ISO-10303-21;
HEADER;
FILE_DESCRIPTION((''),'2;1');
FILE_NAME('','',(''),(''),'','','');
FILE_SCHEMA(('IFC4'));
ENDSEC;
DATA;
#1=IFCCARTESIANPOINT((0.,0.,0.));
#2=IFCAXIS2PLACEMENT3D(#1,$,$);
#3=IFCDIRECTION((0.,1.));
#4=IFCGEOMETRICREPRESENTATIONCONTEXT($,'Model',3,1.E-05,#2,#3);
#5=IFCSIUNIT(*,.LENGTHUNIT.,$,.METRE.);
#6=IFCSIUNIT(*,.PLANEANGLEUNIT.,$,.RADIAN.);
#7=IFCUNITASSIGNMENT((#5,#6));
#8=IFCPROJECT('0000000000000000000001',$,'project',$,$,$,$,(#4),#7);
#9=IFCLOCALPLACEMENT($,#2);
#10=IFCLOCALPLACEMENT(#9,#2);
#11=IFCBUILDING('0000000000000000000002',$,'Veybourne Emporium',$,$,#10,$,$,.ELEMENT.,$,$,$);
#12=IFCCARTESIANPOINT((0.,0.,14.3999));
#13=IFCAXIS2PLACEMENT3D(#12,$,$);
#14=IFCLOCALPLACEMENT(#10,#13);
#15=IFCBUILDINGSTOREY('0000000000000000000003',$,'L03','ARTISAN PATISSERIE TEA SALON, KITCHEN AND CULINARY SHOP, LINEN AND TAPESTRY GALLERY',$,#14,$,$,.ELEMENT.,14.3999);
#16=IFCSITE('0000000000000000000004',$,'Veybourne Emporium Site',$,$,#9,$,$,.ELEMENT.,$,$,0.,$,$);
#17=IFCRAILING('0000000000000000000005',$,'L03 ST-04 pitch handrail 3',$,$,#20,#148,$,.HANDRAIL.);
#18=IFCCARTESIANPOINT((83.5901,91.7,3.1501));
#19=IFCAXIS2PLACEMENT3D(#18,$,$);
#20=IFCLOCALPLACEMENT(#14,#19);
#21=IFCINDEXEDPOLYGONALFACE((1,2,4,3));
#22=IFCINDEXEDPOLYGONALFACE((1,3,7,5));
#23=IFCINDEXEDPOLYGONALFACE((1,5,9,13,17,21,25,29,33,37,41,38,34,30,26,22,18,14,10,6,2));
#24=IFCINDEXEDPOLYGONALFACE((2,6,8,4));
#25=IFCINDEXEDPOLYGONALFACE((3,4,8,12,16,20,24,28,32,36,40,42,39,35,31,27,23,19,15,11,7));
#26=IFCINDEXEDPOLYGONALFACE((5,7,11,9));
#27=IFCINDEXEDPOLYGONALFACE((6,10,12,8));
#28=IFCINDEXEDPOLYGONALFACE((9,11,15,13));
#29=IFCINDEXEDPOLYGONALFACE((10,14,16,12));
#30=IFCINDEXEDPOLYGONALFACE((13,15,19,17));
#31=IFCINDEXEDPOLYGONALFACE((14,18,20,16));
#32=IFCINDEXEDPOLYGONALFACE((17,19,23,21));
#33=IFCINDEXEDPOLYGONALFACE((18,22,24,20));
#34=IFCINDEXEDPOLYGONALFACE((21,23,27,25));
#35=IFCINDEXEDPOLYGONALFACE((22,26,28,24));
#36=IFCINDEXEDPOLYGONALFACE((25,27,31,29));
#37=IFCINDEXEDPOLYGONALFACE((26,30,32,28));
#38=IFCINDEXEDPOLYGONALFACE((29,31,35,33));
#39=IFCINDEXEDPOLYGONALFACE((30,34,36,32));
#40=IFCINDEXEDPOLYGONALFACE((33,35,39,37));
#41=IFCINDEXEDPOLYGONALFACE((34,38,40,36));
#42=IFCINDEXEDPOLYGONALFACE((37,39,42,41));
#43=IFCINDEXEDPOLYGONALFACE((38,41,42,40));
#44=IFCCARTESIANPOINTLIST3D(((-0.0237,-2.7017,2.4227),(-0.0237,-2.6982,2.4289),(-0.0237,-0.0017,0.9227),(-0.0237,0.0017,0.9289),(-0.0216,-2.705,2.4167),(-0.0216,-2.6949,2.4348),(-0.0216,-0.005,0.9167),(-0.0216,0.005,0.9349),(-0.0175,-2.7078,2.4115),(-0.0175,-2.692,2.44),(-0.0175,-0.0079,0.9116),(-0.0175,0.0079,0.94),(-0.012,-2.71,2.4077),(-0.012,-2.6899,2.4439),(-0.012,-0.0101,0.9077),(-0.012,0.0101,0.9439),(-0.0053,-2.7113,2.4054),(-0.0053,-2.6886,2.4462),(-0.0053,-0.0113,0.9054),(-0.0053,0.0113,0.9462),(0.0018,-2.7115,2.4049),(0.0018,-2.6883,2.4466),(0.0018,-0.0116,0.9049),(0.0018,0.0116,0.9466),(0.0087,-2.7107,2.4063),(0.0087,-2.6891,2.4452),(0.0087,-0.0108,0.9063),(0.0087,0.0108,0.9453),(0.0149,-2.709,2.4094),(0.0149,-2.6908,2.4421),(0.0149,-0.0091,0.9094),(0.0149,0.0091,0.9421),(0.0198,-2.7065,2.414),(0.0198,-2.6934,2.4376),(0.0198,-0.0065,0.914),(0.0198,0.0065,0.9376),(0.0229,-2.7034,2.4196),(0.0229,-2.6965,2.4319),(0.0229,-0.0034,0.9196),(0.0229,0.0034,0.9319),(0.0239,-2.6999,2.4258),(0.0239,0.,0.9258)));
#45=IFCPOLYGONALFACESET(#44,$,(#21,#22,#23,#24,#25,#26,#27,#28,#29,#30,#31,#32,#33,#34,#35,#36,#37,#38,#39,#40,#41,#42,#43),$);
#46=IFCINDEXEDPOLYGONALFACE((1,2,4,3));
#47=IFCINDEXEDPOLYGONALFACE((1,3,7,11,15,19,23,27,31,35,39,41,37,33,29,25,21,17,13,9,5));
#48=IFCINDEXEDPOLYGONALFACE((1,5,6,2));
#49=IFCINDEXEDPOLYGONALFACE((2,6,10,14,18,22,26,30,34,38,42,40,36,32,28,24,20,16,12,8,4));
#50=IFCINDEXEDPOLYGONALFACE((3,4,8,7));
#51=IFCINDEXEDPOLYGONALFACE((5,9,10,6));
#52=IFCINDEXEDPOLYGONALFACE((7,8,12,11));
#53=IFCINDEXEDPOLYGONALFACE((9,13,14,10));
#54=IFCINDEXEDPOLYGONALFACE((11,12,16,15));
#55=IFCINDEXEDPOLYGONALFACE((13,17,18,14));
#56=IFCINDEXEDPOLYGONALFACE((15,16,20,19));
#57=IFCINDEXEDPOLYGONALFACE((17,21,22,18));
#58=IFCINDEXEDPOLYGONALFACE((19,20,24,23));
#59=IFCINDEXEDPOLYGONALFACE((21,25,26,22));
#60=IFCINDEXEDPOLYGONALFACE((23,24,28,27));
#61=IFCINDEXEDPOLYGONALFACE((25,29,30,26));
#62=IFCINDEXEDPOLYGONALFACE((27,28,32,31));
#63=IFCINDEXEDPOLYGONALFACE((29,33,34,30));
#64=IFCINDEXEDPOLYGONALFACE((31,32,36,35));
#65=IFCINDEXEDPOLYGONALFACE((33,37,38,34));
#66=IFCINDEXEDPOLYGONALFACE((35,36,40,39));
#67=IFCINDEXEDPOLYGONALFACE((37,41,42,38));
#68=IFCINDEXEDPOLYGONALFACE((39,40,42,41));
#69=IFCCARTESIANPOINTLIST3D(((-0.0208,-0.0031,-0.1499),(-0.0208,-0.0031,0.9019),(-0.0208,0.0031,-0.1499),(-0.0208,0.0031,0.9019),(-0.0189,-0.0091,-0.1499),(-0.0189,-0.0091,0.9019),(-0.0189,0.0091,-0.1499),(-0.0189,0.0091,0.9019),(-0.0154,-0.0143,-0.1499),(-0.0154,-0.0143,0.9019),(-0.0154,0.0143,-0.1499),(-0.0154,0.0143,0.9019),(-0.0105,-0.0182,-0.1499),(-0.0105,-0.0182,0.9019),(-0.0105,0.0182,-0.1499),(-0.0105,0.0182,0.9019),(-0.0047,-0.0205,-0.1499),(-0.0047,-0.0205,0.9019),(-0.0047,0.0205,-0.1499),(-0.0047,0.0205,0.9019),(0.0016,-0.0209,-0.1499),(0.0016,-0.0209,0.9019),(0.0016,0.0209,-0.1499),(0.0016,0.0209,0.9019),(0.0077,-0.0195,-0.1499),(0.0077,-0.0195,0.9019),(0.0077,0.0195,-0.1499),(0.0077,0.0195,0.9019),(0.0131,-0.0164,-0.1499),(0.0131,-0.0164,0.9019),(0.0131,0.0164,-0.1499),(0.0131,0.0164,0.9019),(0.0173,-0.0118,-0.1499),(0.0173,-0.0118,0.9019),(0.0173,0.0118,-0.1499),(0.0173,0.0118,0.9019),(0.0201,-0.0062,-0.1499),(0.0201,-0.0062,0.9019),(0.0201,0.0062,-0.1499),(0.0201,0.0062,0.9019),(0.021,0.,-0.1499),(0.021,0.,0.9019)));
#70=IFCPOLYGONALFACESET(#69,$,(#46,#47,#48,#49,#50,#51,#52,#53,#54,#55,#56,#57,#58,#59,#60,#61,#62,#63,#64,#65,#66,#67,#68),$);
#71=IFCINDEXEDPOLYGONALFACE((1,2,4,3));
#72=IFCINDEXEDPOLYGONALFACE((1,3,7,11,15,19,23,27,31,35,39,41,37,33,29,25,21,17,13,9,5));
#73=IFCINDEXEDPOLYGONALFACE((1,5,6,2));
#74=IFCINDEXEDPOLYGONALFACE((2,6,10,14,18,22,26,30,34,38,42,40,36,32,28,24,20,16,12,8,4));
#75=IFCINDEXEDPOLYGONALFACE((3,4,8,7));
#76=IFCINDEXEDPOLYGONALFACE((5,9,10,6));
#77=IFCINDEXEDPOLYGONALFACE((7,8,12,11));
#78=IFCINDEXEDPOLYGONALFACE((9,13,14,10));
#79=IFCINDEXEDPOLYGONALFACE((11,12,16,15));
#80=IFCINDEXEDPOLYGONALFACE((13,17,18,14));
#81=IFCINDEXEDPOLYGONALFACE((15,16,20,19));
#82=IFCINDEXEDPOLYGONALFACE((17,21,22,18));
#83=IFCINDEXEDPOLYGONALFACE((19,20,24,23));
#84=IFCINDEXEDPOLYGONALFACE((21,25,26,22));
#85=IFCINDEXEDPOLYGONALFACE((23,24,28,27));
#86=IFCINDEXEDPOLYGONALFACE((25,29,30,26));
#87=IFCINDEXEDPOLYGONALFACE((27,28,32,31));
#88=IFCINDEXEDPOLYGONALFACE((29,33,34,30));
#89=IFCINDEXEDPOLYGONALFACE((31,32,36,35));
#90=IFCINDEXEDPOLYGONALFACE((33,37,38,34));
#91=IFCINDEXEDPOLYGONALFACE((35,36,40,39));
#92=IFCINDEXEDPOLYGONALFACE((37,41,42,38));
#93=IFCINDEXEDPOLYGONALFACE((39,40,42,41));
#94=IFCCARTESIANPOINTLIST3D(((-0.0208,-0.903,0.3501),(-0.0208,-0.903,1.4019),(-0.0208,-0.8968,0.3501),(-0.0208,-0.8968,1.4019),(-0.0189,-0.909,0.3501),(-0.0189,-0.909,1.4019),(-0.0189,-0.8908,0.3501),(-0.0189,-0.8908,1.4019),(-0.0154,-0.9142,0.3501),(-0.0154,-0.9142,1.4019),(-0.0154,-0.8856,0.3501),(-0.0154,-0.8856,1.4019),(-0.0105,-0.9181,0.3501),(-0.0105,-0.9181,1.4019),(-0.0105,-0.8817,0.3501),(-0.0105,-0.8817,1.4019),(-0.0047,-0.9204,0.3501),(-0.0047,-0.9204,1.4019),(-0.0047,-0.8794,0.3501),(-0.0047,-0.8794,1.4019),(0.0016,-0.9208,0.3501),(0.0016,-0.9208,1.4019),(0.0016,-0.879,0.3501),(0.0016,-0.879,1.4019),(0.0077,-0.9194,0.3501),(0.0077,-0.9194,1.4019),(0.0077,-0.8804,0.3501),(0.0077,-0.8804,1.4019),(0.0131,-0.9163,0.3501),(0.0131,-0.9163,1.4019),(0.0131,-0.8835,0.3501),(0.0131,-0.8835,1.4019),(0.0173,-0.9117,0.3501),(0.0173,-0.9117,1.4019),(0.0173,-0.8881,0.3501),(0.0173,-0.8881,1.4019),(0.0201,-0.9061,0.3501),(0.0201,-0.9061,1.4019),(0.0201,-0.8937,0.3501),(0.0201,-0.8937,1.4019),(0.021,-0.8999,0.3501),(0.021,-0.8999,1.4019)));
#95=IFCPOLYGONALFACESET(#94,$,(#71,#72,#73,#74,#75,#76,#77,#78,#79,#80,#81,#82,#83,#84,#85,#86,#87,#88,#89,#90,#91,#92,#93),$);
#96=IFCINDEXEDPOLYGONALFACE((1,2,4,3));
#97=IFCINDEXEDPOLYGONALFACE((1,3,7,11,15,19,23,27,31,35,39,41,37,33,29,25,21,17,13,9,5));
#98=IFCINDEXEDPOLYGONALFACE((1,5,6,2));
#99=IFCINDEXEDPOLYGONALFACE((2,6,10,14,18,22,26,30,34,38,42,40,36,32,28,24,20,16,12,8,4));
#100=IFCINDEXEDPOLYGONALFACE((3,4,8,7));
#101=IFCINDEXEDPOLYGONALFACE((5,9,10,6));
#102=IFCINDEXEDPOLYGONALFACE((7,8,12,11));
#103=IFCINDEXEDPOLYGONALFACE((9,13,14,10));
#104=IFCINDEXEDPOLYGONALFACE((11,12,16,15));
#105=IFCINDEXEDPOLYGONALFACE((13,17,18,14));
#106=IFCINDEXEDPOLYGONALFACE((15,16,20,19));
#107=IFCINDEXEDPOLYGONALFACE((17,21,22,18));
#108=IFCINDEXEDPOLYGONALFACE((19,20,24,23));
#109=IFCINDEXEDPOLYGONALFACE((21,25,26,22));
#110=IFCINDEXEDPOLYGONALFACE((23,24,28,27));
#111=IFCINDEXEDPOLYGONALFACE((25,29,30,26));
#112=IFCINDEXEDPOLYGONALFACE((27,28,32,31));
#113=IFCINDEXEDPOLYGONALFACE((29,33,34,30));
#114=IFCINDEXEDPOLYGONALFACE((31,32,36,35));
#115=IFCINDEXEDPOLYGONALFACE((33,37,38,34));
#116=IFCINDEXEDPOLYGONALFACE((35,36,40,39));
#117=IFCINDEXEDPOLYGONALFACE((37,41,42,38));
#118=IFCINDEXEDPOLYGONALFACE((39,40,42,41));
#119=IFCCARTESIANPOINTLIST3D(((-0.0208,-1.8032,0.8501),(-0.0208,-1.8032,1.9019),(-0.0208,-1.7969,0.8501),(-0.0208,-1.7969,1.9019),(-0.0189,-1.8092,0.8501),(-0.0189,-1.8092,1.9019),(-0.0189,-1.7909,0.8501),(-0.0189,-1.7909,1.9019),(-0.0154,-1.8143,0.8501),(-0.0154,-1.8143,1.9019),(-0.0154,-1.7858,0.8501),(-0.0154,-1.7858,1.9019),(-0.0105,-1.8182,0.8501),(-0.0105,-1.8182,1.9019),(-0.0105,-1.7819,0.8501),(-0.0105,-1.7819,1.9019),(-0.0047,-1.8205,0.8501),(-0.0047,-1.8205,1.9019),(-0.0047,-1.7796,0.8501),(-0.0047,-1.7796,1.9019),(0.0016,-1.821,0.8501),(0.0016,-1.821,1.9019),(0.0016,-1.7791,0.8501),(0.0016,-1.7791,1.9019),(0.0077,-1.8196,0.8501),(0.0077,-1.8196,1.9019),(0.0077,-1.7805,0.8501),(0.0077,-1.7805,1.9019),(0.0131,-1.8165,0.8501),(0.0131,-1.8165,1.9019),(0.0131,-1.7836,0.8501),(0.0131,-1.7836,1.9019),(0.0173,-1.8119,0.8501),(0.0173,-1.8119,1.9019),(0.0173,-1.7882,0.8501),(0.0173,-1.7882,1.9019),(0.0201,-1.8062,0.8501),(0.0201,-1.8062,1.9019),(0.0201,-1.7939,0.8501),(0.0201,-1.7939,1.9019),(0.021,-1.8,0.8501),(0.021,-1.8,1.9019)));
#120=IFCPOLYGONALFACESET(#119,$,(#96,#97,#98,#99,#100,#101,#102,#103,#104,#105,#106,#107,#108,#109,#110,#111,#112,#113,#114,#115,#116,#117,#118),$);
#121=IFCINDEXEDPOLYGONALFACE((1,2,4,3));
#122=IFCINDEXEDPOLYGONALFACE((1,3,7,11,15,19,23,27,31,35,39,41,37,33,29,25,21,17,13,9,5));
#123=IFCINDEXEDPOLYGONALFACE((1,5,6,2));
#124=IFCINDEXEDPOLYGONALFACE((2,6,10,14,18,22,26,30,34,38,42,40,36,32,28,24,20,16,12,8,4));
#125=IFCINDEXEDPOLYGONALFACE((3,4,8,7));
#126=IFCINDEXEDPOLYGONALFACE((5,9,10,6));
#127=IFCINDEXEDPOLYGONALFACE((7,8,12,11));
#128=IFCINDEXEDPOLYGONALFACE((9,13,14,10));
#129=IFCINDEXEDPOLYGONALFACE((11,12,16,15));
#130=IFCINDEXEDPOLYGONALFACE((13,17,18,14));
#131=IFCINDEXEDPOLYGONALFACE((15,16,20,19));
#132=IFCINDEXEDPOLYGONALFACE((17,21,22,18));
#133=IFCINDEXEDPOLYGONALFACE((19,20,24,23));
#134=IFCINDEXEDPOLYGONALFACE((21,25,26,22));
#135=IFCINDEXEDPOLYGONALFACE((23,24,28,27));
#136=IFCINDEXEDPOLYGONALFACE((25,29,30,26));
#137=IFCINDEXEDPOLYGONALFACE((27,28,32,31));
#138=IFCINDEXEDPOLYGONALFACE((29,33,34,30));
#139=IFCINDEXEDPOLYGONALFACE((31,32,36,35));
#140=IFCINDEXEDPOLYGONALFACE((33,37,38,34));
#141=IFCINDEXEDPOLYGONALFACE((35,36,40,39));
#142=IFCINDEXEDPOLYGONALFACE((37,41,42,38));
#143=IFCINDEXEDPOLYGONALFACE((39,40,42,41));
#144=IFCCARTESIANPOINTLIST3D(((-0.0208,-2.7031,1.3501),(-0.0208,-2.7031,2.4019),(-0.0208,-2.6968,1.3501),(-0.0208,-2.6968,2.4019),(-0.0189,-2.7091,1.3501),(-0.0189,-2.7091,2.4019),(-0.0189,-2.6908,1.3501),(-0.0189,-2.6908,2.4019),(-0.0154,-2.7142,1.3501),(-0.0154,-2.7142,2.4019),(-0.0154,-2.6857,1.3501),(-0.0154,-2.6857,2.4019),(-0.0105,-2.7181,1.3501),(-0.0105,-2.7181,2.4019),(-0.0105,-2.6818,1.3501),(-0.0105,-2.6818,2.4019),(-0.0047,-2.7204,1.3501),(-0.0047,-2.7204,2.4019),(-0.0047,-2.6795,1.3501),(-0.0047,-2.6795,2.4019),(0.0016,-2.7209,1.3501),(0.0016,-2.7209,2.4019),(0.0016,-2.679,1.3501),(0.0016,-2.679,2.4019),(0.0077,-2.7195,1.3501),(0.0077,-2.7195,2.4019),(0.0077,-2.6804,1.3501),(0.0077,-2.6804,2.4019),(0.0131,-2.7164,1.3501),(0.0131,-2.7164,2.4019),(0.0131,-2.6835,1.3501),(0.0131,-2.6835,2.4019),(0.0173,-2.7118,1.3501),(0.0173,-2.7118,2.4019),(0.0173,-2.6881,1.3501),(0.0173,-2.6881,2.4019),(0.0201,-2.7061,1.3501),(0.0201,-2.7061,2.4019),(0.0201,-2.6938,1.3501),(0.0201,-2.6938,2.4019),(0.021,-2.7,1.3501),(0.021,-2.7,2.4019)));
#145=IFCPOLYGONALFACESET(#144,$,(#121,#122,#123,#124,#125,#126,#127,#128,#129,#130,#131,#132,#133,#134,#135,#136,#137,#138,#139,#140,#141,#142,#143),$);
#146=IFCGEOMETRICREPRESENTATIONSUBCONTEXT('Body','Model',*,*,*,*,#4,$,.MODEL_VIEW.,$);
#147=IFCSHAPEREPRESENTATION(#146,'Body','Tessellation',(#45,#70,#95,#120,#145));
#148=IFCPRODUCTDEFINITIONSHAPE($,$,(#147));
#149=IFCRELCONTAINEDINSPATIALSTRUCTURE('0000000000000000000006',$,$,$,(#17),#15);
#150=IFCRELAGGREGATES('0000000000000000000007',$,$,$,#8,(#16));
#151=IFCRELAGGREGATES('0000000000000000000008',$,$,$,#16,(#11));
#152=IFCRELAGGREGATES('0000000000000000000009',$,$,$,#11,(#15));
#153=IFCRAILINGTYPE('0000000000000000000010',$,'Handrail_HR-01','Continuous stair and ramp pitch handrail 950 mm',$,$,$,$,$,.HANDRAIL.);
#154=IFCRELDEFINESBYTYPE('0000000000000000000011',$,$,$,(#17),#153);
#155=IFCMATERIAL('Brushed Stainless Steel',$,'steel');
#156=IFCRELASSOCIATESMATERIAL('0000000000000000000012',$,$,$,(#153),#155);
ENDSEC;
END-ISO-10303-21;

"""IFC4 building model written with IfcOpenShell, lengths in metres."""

from ifc_helpers import new_model, si_unit, direction, frame, origin, origin_2d, place, context, subcontext, project, spatial, circle, extrude, material, type_object, element, save


model = new_model("IFC4")

# Units and contexts
model_context = context("Model", 3, precision=1e-05, world=origin(), true_north=direction((0.0, 1.0)))
body_context = subcontext(model_context, "Body", "Model", "MODEL_VIEW")
ifc_project = project(units=[si_unit("LENGTHUNIT", "METRE"), si_unit("PLANEANGLEUNIT", "RADIAN")], contexts=[model_context])

# Site, building, storey
site_placement = place(None, origin())
site = spatial("IfcSite", under=ifc_project, at=site_placement, Name="Veybourne Emporium Site", CompositionType="ELEMENT", RefElevation=0.0)
building_placement = place(site_placement, origin())
building = spatial("IfcBuilding", under=site, at=building_placement, Name="Veybourne Emporium", CompositionType="ELEMENT")
storey_placement = place(building_placement, frame((0.0, 0.0, 14.3999)))
storey = spatial("IfcBuildingStorey", under=building, at=storey_placement, Name="L03", Description="ARTISAN PATISSERIE TEA SALON, KITCHEN AND CULINARY SHOP, LINEN AND TAPESTRY GALLERY", CompositionType="ELEMENT", Elevation=14.3999)

# Railing
ifc_material_1 = material(Name="Brushed Stainless Steel", Category="steel")
railing_type_1 = type_object("IfcRailingType", Name="Handrail_HR-01", Description="Continuous stair and ramp pitch handrail 950 mm", PredefinedType="HANDRAIL", material=ifc_material_1)
railing_1_placement = place(storey_placement, frame((83.5901, 91.7, 3.1501)))
element("IfcRailing", 1, at=railing_1_placement, inside=storey, type_object=railing_type_1, Name="L03 ST-04 pitch handrail 3", PredefinedType="HANDRAIL", context=body_context, shape_type="SweptSolid", body=[
    extrude(circle(Radius=0.0239, at=origin_2d()), frame((0.0, 0.0, 0.9258), z_axis=(0.0, -0.874154, 0.48565), x_axis=(1.0, 0.0, 0.0)), (0.0, 0.0, 1.0), 3.0886),
    extrude(circle(Radius=0.021, at=origin_2d()), frame((0.0, 0.0, -0.1499)), (0.0, 0.0, 1.0), 1.0518),
    extrude(circle(Radius=0.021, at=origin_2d()), frame((0.0, -0.8999, 0.3501)), (0.0, 0.0, 1.0), 1.0518),
    extrude(circle(Radius=0.021, at=origin_2d()), frame((0.0, -1.8, 0.8501)), (0.0, 0.0, 1.0), 1.0518),
    extrude(circle(Radius=0.021, at=origin_2d()), frame((0.0, -2.7, 1.3501)), (0.0, 0.0, 1.0), 1.0518),
])

save(model, "model.ifc")
